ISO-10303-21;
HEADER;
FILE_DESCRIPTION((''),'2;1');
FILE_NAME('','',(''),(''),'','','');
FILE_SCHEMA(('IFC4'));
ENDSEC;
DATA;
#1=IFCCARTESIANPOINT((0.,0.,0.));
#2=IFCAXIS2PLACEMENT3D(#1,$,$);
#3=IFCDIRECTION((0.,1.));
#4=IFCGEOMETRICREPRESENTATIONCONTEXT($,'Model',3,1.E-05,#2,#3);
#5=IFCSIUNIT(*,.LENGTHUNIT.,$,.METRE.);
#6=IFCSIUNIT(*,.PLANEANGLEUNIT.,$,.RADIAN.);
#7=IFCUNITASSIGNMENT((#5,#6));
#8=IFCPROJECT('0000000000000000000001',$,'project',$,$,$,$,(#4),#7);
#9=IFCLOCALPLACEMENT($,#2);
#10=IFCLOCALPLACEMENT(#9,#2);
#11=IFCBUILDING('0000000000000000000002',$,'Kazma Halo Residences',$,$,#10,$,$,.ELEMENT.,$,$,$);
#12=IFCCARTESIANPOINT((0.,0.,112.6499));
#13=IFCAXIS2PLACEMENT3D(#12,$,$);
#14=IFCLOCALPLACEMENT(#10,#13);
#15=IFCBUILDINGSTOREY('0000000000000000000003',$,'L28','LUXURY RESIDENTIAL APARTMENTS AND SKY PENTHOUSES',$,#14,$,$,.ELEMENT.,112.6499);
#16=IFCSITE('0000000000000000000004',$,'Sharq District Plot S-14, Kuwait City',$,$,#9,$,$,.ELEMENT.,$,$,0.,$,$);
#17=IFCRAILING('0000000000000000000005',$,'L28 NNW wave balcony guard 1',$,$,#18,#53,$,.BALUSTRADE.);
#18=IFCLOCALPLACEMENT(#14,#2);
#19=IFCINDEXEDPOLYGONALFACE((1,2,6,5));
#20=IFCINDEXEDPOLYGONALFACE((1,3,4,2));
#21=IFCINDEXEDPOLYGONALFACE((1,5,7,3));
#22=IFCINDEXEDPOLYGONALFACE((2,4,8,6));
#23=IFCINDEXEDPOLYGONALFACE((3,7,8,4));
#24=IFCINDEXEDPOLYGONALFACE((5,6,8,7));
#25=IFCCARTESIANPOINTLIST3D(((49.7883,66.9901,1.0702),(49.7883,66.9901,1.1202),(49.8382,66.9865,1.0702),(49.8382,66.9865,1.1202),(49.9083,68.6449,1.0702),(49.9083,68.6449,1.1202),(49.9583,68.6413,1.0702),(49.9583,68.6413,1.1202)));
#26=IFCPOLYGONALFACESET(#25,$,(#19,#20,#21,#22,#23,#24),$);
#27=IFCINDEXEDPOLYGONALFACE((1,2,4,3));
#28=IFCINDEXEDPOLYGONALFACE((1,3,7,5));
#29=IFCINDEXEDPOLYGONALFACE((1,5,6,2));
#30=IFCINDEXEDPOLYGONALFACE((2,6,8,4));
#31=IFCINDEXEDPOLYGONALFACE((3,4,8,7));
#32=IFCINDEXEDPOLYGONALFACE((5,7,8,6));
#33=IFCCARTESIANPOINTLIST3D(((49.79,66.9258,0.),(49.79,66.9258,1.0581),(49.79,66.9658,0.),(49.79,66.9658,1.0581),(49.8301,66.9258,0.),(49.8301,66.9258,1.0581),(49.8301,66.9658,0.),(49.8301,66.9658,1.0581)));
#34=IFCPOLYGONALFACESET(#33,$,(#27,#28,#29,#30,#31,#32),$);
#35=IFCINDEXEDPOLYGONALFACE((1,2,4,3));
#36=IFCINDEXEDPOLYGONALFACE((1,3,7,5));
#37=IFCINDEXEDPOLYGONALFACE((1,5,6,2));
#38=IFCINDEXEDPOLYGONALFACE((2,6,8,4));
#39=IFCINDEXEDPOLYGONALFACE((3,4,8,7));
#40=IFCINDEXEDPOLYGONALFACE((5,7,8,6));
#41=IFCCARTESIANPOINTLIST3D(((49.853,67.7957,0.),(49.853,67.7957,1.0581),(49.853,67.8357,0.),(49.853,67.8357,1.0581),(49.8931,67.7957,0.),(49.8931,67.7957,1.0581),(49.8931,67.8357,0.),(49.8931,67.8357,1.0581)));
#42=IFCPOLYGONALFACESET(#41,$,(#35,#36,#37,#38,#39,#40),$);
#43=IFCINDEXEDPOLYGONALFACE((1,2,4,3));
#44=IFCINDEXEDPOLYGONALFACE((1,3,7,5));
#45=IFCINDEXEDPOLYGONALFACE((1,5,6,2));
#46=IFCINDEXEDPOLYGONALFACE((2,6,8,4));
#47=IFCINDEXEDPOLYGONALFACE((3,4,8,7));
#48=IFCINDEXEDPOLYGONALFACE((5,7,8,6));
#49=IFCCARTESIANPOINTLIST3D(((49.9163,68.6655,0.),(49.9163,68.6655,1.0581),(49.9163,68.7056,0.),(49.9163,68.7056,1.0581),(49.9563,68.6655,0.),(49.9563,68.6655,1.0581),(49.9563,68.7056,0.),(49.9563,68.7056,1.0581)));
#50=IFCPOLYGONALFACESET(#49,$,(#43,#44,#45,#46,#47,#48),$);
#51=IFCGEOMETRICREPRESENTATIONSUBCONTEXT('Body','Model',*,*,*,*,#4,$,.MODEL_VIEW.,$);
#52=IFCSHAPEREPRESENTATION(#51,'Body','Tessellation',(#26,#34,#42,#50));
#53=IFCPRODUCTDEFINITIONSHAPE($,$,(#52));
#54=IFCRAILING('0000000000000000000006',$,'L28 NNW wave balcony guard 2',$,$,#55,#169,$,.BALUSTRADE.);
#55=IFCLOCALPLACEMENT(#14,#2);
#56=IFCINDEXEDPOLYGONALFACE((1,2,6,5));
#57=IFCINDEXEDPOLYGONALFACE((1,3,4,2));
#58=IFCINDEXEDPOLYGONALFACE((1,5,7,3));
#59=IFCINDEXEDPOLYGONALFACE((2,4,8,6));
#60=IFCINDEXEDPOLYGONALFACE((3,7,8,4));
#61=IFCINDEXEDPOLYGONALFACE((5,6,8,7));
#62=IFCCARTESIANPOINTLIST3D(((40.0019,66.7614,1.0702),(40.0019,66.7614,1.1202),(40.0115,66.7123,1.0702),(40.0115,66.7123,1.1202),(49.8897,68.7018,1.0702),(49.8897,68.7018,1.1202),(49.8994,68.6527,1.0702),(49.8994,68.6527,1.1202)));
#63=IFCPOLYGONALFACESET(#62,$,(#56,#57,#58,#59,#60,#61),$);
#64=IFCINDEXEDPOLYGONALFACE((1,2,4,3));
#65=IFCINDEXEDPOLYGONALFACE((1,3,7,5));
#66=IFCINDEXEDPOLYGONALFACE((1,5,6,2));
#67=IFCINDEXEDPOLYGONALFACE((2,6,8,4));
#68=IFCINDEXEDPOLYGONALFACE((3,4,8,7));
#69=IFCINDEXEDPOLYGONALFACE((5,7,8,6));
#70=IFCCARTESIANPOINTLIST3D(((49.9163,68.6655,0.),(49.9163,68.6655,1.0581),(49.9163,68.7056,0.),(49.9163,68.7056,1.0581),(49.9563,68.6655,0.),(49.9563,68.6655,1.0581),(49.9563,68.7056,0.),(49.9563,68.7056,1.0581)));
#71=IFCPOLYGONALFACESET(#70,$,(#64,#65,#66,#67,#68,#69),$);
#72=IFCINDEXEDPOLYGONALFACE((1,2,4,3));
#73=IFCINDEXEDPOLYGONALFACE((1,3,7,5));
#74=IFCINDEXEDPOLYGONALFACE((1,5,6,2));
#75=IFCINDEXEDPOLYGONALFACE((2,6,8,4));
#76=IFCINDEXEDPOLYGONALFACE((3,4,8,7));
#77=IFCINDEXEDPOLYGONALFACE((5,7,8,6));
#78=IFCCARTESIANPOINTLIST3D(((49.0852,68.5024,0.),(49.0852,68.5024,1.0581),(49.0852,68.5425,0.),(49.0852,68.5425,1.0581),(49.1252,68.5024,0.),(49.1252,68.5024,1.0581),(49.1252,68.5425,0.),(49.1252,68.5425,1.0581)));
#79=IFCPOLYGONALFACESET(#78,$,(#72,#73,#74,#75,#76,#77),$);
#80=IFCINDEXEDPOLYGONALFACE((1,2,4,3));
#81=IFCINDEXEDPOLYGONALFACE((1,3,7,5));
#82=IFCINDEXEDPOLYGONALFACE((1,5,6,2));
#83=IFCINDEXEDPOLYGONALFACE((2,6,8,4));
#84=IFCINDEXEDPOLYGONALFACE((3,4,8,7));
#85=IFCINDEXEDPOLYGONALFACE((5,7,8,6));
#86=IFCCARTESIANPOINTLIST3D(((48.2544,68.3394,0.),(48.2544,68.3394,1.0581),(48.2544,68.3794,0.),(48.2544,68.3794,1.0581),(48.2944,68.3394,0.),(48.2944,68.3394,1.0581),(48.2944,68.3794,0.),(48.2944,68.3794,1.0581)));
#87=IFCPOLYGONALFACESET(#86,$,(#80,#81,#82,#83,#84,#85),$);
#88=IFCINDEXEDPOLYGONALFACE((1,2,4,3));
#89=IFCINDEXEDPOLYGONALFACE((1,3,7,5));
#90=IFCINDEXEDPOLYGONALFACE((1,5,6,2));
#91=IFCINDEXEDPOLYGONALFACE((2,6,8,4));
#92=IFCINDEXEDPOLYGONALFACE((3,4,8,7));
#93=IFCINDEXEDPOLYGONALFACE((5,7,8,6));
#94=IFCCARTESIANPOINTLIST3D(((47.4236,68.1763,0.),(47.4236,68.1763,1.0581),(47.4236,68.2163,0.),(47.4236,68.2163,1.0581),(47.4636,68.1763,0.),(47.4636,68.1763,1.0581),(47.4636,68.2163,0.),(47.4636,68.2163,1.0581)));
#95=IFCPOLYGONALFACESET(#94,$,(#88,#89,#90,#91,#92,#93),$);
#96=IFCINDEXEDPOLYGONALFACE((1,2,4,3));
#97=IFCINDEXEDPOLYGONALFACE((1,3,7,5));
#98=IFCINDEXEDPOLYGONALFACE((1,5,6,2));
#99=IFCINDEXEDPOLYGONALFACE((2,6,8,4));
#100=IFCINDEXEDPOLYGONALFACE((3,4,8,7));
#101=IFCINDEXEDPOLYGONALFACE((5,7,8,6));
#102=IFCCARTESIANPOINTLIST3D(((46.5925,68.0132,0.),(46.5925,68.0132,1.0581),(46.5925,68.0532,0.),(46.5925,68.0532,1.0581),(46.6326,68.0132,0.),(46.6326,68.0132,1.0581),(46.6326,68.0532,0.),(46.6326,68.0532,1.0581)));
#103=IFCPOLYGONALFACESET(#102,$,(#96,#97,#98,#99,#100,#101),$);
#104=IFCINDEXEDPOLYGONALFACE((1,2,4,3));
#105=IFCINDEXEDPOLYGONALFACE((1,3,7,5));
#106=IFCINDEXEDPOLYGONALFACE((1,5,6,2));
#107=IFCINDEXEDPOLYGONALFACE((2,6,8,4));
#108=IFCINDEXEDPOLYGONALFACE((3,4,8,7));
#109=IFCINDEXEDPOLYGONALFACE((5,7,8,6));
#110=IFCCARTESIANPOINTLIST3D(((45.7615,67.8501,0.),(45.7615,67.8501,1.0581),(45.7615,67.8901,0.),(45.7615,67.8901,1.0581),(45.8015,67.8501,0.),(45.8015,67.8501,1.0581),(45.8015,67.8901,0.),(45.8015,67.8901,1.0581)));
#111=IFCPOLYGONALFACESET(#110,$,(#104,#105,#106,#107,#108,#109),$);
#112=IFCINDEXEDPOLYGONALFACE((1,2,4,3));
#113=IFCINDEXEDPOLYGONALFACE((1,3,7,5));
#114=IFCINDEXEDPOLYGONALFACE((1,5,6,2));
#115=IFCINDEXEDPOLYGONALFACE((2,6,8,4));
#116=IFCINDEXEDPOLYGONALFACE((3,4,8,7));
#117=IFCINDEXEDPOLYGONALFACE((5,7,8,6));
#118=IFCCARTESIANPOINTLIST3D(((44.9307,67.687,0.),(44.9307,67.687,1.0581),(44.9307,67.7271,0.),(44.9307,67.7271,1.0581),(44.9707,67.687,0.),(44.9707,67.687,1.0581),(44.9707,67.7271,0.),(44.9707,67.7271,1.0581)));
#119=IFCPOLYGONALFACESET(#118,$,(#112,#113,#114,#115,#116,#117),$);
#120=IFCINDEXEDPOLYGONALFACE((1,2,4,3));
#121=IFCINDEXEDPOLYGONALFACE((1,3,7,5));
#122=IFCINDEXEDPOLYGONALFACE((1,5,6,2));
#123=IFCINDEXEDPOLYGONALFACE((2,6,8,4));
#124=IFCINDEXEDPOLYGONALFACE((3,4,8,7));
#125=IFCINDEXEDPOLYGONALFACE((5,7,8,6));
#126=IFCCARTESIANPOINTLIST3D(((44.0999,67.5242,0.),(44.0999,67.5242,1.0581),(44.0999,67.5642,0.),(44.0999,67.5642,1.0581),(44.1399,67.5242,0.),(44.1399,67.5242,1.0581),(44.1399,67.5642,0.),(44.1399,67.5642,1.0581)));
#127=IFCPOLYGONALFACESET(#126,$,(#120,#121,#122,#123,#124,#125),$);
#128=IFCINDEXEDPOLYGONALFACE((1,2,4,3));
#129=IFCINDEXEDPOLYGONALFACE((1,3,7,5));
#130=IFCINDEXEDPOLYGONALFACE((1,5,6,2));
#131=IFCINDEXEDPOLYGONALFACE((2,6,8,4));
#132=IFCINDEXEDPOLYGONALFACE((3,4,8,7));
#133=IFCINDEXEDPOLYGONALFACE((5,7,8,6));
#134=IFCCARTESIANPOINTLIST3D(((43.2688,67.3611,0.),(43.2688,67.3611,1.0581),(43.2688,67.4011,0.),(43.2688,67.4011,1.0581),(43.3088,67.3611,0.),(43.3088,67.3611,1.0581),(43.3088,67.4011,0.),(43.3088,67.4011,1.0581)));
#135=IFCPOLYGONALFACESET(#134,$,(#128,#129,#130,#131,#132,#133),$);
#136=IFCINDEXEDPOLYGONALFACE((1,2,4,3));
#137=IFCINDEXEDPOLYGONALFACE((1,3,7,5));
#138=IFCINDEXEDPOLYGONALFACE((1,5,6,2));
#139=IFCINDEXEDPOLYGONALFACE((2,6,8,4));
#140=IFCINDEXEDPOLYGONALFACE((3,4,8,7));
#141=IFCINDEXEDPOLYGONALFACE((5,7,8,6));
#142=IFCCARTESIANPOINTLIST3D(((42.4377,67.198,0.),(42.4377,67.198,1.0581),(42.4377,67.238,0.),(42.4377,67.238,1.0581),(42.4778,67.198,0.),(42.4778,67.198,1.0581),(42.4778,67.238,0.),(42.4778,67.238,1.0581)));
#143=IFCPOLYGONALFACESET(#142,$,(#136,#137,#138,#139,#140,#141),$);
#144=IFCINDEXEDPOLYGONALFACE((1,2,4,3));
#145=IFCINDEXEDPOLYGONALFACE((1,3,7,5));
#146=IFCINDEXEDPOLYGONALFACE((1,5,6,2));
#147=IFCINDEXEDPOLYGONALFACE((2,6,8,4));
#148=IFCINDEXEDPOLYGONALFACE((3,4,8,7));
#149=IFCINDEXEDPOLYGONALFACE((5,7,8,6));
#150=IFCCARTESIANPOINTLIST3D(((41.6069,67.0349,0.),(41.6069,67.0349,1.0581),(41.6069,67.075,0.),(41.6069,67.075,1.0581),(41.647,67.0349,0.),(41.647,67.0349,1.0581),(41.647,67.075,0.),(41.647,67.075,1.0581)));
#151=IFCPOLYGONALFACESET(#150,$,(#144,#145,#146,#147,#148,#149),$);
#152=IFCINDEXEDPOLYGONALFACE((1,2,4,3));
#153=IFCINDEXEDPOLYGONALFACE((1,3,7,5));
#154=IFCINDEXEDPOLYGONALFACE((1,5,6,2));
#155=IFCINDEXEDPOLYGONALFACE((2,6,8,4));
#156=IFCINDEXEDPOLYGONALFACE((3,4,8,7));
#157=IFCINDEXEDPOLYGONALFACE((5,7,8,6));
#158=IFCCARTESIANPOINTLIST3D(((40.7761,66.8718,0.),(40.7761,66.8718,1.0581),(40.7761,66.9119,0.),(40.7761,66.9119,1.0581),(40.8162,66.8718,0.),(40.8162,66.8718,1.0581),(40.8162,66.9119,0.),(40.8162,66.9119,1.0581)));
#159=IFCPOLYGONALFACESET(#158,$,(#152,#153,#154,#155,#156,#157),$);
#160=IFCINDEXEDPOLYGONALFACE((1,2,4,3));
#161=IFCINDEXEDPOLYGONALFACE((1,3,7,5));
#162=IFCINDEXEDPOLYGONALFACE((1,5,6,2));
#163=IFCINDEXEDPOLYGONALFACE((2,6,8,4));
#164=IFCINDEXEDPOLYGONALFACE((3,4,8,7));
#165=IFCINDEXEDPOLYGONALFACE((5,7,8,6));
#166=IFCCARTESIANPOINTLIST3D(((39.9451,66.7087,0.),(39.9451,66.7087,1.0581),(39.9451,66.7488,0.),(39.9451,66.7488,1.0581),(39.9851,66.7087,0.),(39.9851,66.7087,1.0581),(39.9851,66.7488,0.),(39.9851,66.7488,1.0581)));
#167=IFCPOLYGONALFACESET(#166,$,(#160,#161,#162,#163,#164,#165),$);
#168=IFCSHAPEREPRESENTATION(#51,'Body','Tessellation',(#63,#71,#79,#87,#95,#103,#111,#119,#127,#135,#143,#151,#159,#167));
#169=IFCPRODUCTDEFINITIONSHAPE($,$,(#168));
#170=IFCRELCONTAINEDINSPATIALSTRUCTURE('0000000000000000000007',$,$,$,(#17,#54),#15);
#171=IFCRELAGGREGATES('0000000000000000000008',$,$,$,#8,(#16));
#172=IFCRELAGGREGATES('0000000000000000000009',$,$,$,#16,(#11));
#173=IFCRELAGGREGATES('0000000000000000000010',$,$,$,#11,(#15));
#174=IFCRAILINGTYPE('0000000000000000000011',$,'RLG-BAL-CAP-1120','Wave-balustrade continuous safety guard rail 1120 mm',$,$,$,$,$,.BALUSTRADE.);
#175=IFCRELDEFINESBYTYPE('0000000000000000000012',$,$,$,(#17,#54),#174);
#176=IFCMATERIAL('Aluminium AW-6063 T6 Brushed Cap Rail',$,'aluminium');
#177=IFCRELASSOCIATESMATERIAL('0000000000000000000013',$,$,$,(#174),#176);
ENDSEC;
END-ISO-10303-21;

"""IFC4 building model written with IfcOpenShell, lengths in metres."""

from ifc_helpers import new_model, si_unit, direction, frame, origin, origin_2d, place, context, subcontext, project, spatial, rectangle, extrude, material, type_object, element, save


model = new_model("IFC4")

# Units and contexts
model_context = context("Model", 3, precision=1e-05, world=origin(), true_north=direction((0.0, 1.0)))
body_context = subcontext(model_context, "Body", "Model", "MODEL_VIEW")
ifc_project = project(units=[si_unit("LENGTHUNIT", "METRE"), si_unit("PLANEANGLEUNIT", "RADIAN")], contexts=[model_context])

# Site, building, storey
site_placement = place(None, origin())
site = spatial("IfcSite", under=ifc_project, at=site_placement, Name="Sharq District Plot S-14, Kuwait City", CompositionType="ELEMENT", RefElevation=0.0)
building_placement = place(site_placement, origin())
building = spatial("IfcBuilding", under=site, at=building_placement, Name="Kazma Halo Residences", CompositionType="ELEMENT")
storey_placement = place(building_placement, frame((0.0, 0.0, 112.6499)))
storey = spatial("IfcBuildingStorey", under=building, at=storey_placement, Name="L28", Description="LUXURY RESIDENTIAL APARTMENTS AND SKY PENTHOUSES", CompositionType="ELEMENT", Elevation=112.6499)

# Railings
ifc_material_1 = material(Name="Aluminium AW-6063 T6 Brushed Cap Rail", Category="aluminium")
railing_type = type_object("IfcRailingType", Name="RLG-BAL-CAP-1120", Description="Wave-balustrade continuous safety guard rail 1120 mm", PredefinedType="BALUSTRADE", material=ifc_material_1)
railing_1_placement = place(storey_placement, frame((49.8101, 66.9458, 0.0)))
element("IfcRailing", 1, at=railing_1_placement, inside=storey, type_object=railing_type, Name="L28 NNW wave balcony guard 1", PredefinedType="BALUSTRADE", context=body_context, shape_type="SweptSolid", body=[
    extrude(rectangle(XDim=0.05, YDim=0.05, at=origin_2d()), frame((0.0032, 0.0425, 1.0952), z_axis=(0.072361, 0.997379, 0.0), x_axis=(-0.997379, 0.072361, 0.0)), (0.0, 0.0, 1.0), 1.6592),
    extrude(rectangle(XDim=0.04, YDim=0.04, at=origin_2d()), origin(), (0.0, 0.0, 1.0), 1.0581),
    extrude(rectangle(XDim=0.04, YDim=0.04, at=origin_2d()), frame((0.063, 0.8699, 0.0)), (0.0, 0.0, 1.0), 1.0581),
    extrude(rectangle(XDim=0.04, YDim=0.04, at=origin_2d()), frame((0.1262, 1.7397, 0.0)), (0.0, 0.0, 1.0), 1.0581),
])
railing_2_placement = place(storey_placement, frame((49.9363, 68.6855, 0.0)))
element("IfcRailing", 2, at=railing_2_placement, inside=storey, type_object=railing_type, Name="L28 NNW wave balcony guard 2", PredefinedType="BALUSTRADE", context=body_context, shape_type="SweptSolid", body=[
    extrude(rectangle(XDim=0.05, YDim=0.05, at=origin_2d()), frame((-0.0417, -0.0083, 1.0952), z_axis=(-0.981283, -0.192571, 0.0), x_axis=(0.192571, -0.981283, 0.0)), (0.0, 0.0, 1.0), 10.0764),
    extrude(rectangle(XDim=0.04, YDim=0.04, at=origin_2d()), origin(), (0.0, 0.0, 1.0), 1.0581),
    extrude(rectangle(XDim=0.04, YDim=0.04, at=origin_2d()), frame((-0.8311, -0.1631, 0.0)), (0.0, 0.0, 1.0), 1.0581),
    extrude(rectangle(XDim=0.04, YDim=0.04, at=origin_2d()), frame((-1.6619, -0.3262, 0.0)), (0.0, 0.0, 1.0), 1.0581),
    extrude(rectangle(XDim=0.04, YDim=0.04, at=origin_2d()), frame((-2.4927, -0.4893, 0.0)), (0.0, 0.0, 1.0), 1.0581),
    extrude(rectangle(XDim=0.04, YDim=0.04, at=origin_2d()), frame((-3.3237, -0.6523, 0.0)), (0.0, 0.0, 1.0), 1.0581),
    extrude(rectangle(XDim=0.04, YDim=0.04, at=origin_2d()), frame((-4.1548, -0.8154, 0.0)), (0.0, 0.0, 1.0), 1.0581),
    extrude(rectangle(XDim=0.04, YDim=0.04, at=origin_2d()), frame((-4.9856, -0.9785, 0.0)), (0.0, 0.0, 1.0), 1.0581),
    extrude(rectangle(XDim=0.04, YDim=0.04, at=origin_2d()), frame((-5.8164, -1.1414, 0.0)), (0.0, 0.0, 1.0), 1.0581),
    extrude(rectangle(XDim=0.04, YDim=0.04, at=origin_2d()), frame((-6.6475, -1.3044, 0.0)), (0.0, 0.0, 1.0), 1.0581),
    extrude(rectangle(XDim=0.04, YDim=0.04, at=origin_2d()), frame((-7.4785, -1.4675, 0.0)), (0.0, 0.0, 1.0), 1.0581),
    extrude(rectangle(XDim=0.04, YDim=0.04, at=origin_2d()), frame((-8.3093, -1.6306, 0.0)), (0.0, 0.0, 1.0), 1.0581),
    extrude(rectangle(XDim=0.04, YDim=0.04, at=origin_2d()), frame((-9.1401, -1.7937, 0.0)), (0.0, 0.0, 1.0), 1.0581),
    extrude(rectangle(XDim=0.04, YDim=0.04, at=origin_2d()), frame((-9.9712, -1.9568, 0.0)), (0.0, 0.0, 1.0), 1.0581),
])

save(model, "model.ifc")
